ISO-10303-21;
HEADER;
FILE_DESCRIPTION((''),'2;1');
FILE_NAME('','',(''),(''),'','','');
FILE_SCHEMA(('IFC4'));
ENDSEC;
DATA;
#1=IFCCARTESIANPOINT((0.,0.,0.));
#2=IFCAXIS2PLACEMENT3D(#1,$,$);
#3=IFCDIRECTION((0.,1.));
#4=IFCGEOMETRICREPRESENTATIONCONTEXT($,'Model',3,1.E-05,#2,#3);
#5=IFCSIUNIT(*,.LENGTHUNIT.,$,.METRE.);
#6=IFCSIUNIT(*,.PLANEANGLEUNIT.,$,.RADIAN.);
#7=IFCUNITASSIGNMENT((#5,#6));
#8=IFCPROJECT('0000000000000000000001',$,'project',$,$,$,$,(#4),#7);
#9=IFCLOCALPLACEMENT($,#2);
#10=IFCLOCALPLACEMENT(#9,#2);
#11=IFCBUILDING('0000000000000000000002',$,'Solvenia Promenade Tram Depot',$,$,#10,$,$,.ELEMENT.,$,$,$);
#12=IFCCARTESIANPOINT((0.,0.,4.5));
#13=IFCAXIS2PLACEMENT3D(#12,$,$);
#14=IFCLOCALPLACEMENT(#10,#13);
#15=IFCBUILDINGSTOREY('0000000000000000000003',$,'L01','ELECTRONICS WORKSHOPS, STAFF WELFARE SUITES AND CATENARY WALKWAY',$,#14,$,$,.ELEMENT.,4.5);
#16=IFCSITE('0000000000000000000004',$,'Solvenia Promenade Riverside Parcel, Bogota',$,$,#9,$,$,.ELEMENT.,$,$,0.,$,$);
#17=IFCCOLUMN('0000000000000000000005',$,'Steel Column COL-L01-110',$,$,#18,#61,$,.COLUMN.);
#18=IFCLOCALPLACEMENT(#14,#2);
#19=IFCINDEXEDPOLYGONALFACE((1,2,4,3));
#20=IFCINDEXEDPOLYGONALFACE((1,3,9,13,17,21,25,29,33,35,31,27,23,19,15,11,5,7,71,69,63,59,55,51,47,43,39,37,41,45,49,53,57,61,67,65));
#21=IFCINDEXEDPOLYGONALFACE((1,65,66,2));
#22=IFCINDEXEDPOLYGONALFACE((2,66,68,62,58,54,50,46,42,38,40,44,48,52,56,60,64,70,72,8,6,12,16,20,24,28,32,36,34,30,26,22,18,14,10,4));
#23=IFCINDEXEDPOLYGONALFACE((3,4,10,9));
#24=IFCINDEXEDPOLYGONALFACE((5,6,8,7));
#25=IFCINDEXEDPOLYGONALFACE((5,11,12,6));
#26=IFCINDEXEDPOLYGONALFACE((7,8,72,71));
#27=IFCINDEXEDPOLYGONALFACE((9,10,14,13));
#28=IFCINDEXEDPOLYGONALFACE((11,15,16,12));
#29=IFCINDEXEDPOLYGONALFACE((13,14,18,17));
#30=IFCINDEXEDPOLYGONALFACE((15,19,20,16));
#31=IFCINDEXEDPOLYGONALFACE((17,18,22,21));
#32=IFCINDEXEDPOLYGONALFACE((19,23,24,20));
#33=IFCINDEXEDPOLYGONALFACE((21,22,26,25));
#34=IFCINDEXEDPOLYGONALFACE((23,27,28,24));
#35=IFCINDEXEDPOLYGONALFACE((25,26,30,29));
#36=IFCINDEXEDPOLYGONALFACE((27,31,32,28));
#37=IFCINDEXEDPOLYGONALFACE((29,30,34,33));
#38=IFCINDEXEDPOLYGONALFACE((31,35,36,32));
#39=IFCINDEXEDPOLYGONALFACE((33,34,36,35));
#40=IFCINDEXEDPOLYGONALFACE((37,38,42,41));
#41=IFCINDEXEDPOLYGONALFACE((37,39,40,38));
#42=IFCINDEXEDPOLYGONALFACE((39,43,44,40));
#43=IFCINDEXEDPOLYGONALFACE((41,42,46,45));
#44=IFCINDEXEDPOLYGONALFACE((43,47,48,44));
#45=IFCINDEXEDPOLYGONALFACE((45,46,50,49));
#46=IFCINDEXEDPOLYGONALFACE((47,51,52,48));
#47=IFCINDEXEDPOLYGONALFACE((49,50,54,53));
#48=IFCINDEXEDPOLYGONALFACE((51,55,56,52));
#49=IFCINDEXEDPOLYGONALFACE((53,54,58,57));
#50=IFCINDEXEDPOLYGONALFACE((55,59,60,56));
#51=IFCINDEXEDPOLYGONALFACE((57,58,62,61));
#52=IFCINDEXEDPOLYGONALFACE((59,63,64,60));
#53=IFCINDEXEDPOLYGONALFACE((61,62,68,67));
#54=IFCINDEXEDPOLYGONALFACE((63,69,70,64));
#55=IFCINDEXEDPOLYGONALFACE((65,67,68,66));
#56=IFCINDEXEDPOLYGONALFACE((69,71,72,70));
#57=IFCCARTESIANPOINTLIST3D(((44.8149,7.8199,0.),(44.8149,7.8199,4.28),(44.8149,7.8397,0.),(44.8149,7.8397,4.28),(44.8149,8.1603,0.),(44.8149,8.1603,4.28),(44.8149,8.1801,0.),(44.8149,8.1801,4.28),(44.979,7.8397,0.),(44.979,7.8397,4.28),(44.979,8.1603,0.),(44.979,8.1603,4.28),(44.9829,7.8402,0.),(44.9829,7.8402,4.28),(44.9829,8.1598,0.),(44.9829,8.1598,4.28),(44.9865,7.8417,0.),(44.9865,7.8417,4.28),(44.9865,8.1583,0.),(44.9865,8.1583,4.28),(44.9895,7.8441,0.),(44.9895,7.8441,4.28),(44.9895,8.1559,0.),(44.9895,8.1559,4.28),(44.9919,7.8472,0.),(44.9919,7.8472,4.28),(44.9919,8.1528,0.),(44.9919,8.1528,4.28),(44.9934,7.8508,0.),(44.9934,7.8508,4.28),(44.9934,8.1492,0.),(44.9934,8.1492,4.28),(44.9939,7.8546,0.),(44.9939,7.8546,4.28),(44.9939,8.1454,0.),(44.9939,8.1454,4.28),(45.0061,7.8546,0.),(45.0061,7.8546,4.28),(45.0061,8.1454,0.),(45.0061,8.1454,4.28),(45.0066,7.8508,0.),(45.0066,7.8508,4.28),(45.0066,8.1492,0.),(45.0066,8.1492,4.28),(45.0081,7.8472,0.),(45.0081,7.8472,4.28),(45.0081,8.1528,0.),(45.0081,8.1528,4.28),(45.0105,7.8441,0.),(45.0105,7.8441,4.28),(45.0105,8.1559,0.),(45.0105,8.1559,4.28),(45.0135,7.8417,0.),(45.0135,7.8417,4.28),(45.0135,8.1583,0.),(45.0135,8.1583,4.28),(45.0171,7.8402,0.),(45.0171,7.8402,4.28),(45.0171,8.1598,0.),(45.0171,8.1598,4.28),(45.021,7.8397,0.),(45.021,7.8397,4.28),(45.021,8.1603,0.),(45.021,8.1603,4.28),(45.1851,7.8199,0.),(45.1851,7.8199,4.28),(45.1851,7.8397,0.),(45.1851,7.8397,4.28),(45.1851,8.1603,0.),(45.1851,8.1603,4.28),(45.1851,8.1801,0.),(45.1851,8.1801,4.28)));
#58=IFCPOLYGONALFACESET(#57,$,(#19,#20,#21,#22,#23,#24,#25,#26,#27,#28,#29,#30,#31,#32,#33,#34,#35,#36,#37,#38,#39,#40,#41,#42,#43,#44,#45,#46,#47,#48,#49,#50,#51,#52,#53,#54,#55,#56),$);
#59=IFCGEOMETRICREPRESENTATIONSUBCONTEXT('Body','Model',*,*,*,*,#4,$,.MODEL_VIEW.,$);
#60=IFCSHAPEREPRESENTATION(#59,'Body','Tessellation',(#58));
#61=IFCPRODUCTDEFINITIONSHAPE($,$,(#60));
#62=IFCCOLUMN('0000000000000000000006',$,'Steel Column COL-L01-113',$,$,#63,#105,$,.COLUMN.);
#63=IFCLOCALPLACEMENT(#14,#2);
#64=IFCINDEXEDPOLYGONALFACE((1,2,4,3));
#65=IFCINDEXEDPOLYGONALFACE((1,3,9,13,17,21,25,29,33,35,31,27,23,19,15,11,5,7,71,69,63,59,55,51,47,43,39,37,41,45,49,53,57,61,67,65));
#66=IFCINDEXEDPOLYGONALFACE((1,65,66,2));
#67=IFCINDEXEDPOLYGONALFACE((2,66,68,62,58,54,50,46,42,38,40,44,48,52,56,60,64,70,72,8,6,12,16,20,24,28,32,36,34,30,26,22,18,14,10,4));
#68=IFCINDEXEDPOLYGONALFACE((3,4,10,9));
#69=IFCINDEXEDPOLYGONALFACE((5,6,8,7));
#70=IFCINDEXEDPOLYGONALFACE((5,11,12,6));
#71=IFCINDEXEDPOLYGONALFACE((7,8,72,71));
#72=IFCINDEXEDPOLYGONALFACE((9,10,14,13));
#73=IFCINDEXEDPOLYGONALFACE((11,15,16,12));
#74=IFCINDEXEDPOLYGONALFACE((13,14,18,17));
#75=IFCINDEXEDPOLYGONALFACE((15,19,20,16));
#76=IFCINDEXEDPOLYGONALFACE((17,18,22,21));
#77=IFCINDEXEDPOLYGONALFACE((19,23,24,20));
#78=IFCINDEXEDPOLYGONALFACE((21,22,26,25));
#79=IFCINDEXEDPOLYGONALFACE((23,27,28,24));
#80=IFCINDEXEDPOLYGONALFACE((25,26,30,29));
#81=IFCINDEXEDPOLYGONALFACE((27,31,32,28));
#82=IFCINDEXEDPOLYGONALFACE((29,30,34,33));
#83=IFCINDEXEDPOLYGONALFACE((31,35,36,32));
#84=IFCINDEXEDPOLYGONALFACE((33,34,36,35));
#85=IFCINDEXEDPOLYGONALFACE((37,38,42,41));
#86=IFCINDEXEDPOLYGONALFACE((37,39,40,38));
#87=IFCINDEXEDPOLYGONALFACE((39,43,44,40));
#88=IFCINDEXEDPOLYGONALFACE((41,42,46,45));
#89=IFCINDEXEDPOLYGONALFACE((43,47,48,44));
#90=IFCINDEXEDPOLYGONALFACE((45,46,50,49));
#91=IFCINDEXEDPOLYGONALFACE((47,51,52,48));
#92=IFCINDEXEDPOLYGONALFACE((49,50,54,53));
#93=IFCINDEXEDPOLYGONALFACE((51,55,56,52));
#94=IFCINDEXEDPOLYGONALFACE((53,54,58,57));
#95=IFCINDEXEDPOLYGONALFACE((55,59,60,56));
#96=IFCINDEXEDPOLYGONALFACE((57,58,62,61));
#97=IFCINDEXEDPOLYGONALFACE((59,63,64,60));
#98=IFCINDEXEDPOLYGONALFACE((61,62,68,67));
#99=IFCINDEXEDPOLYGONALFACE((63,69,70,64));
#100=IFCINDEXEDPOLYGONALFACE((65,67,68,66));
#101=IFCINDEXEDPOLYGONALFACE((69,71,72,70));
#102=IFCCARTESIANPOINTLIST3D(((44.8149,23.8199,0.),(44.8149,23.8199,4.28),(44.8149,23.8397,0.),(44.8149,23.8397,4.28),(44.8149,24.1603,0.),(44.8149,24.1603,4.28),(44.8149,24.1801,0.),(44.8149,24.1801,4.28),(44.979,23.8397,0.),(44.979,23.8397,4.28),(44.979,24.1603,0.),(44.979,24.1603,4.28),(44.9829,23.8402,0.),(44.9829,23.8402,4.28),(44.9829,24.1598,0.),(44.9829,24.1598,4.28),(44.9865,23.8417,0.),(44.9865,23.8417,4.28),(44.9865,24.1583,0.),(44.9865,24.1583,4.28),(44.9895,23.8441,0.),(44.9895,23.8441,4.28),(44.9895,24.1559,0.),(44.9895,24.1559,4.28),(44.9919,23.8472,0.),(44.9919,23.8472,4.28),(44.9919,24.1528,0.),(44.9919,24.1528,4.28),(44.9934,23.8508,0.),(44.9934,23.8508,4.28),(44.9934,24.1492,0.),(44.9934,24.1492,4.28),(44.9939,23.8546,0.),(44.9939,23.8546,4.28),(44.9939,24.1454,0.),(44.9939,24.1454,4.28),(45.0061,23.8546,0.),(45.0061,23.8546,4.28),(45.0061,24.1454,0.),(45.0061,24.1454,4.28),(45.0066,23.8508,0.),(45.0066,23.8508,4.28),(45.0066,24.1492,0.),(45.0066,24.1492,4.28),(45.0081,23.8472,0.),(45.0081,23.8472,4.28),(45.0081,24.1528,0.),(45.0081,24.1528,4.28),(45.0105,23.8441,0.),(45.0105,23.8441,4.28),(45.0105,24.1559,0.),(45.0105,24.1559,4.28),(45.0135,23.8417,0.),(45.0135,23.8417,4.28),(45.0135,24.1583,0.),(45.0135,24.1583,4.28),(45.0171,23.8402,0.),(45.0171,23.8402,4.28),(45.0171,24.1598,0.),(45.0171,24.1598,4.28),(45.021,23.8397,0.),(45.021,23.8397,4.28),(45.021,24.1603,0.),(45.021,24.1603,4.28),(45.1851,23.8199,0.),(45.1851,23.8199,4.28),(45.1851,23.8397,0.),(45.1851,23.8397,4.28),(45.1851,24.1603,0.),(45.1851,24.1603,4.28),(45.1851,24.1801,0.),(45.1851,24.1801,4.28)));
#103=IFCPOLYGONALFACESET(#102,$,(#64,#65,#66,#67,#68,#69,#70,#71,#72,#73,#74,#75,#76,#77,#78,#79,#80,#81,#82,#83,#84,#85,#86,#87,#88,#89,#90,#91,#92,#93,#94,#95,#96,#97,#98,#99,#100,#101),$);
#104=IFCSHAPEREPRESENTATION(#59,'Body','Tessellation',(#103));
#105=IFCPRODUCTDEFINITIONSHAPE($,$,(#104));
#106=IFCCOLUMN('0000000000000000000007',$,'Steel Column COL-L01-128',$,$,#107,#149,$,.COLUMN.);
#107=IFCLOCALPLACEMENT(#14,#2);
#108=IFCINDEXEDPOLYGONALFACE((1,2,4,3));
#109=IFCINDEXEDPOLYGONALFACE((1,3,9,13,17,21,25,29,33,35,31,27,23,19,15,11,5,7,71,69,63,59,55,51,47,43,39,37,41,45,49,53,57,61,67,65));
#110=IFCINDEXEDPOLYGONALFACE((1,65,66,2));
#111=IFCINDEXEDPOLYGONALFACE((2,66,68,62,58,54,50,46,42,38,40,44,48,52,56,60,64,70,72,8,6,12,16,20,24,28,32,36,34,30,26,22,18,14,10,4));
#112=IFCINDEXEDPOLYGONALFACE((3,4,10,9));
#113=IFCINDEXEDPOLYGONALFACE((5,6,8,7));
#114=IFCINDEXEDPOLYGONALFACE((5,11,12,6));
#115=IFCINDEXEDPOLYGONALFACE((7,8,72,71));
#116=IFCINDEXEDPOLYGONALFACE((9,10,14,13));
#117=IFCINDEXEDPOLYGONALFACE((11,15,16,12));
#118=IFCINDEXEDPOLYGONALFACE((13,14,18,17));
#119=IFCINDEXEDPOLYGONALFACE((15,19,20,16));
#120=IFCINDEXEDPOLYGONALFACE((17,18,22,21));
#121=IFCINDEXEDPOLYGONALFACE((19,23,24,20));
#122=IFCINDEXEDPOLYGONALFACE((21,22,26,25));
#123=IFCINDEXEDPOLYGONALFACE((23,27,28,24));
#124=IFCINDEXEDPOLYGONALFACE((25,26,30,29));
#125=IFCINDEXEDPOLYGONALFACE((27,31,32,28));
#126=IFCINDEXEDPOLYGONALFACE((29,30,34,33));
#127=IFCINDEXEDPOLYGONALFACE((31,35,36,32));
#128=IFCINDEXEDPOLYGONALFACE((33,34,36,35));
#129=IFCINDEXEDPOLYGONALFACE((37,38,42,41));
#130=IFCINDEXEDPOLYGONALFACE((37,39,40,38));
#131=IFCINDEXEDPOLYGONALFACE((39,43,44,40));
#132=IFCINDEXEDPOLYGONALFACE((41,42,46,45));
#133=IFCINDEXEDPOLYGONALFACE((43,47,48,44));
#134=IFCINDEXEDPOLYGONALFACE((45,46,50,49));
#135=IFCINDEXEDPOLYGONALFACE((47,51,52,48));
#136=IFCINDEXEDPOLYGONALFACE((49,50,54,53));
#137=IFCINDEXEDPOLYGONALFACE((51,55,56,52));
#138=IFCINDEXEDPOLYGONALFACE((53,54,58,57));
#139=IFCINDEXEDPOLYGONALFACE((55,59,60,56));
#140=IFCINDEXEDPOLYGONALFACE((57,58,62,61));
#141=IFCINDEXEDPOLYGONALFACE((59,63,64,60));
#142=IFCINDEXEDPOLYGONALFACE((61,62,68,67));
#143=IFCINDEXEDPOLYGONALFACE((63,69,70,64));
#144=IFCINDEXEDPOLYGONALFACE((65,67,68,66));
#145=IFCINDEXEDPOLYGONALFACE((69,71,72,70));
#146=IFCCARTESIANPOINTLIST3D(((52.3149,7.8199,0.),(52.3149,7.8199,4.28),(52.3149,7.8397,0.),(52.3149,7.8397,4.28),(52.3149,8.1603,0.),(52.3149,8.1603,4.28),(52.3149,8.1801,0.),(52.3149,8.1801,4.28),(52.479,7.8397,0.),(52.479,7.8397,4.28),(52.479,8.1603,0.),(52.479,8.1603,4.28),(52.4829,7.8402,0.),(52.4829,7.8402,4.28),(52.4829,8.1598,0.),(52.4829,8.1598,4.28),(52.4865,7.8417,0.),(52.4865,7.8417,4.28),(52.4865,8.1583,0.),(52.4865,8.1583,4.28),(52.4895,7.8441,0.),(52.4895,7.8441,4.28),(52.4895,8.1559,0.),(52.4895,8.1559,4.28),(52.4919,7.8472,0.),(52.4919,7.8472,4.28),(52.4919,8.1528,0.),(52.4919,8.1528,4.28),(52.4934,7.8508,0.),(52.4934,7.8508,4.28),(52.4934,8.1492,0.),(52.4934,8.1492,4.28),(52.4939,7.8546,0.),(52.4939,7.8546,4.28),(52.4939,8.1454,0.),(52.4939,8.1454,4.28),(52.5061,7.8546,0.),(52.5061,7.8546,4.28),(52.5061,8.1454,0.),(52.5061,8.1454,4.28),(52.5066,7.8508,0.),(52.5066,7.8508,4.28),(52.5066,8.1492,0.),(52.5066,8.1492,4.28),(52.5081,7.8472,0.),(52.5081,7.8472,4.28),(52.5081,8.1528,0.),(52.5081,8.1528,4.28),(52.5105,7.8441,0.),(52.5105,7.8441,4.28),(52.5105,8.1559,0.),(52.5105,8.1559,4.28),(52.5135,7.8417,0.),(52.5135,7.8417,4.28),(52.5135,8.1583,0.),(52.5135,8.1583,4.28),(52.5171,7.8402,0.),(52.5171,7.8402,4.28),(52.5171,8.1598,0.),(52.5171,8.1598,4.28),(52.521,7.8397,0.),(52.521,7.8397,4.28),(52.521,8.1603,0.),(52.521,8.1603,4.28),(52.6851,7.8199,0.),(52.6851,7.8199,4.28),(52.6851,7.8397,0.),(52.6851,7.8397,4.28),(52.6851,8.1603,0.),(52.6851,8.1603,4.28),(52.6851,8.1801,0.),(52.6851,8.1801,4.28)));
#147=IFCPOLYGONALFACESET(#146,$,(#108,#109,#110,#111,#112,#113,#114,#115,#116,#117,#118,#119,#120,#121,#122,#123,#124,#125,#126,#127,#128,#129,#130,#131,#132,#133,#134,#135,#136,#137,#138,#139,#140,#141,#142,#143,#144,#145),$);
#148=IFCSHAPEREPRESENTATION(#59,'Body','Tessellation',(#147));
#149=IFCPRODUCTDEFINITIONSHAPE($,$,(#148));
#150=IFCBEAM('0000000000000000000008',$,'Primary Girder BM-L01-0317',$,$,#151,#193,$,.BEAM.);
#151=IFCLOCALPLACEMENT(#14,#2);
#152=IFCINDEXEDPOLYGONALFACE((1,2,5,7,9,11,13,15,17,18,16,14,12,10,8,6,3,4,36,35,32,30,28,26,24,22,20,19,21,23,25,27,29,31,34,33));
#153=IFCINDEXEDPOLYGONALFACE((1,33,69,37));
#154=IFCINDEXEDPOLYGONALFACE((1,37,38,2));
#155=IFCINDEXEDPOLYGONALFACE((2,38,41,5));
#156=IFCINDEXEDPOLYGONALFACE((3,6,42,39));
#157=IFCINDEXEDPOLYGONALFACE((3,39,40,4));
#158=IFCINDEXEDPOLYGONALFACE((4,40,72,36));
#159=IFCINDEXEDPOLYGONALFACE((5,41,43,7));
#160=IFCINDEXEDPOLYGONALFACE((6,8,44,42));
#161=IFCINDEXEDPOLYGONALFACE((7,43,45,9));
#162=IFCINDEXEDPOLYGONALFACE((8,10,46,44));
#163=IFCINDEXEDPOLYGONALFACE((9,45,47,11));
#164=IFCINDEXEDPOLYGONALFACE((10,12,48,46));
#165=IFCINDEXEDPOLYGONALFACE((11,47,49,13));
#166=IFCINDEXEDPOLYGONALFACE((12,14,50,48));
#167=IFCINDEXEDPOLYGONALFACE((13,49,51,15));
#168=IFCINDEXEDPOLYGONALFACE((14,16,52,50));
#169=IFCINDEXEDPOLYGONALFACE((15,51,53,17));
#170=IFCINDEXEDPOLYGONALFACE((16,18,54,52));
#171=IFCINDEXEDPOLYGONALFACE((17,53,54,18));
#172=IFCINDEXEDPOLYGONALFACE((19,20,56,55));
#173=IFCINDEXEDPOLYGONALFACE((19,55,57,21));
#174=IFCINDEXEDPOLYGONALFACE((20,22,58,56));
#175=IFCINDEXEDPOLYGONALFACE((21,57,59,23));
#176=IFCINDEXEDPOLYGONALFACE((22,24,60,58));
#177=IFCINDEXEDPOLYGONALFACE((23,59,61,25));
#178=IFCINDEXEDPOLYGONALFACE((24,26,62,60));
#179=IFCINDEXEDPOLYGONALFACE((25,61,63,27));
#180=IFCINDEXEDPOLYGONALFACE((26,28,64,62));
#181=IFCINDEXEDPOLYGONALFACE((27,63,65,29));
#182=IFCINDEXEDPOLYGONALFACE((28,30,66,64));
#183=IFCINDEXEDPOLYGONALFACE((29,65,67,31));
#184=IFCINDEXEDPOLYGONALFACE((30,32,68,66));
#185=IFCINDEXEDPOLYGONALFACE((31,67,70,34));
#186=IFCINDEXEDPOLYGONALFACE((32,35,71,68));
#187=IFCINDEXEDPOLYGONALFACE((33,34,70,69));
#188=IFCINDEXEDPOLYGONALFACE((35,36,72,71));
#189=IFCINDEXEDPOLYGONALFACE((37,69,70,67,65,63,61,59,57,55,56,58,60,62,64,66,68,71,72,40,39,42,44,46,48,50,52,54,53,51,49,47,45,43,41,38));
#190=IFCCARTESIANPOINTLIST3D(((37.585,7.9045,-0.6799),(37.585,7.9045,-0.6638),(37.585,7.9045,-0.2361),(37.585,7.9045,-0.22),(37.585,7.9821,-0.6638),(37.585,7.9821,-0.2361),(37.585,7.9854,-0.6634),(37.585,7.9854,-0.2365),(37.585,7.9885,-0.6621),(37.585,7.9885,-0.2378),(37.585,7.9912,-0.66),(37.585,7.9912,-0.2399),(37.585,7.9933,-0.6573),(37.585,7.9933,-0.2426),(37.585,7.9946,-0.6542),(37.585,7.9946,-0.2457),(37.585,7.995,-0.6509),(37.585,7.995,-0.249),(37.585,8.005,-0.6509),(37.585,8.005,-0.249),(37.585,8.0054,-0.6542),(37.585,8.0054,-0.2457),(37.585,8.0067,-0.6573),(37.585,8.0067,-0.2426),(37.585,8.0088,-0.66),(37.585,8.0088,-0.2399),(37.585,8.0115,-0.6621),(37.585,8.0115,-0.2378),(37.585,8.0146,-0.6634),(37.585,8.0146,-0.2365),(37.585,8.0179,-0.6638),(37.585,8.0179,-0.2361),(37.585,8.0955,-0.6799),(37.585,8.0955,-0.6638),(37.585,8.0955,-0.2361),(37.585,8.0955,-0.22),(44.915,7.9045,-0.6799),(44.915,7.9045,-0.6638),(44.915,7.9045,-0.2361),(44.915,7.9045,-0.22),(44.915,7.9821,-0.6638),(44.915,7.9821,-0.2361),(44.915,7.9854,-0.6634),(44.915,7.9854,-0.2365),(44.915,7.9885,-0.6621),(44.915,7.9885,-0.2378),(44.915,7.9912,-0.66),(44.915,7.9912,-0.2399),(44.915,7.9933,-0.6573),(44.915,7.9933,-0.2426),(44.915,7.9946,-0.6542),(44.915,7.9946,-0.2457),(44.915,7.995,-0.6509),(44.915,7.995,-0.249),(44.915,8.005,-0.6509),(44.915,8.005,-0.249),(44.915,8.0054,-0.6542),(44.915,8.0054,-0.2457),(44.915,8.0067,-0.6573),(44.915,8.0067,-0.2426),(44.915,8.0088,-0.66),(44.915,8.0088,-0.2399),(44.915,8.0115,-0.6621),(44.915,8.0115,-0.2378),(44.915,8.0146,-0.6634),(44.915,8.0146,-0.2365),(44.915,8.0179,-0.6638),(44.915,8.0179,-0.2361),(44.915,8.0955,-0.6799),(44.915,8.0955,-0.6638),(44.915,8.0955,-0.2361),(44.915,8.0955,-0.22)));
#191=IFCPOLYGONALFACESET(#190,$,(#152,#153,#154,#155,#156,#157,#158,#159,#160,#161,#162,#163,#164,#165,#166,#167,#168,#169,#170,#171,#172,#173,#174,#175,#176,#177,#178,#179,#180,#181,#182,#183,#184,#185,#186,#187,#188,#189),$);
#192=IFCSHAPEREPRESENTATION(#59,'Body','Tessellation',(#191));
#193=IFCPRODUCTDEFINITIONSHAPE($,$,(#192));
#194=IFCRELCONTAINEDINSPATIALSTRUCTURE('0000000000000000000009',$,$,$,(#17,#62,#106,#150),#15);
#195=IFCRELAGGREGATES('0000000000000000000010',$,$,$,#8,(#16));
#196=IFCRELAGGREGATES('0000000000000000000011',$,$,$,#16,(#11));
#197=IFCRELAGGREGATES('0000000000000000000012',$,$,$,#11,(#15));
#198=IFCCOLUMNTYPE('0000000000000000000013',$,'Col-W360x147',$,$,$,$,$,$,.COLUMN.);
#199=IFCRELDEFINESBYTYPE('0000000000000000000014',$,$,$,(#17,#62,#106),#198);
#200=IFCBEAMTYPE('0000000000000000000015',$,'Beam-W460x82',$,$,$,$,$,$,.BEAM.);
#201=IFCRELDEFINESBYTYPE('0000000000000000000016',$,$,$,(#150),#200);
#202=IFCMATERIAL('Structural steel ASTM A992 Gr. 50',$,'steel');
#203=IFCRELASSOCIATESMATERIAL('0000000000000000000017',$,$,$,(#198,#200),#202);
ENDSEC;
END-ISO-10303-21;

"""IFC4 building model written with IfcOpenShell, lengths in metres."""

from ifc_helpers import new_model, si_unit, direction, frame, origin, origin_2d, place, context, subcontext, project, spatial, i_section, extrude, material, material_profile, profile_set, type_object, element, save


model = new_model("IFC4")

# Units and contexts
model_context = context("Model", 3, precision=1e-05, world=origin(), true_north=direction((0.0, 1.0)))
body_context = subcontext(model_context, "Body", "Model", "MODEL_VIEW")
ifc_project = project(units=[si_unit("LENGTHUNIT", "METRE"), si_unit("PLANEANGLEUNIT", "RADIAN")], contexts=[model_context])

# Site, building, storey
site_placement = place(None, origin())
site = spatial("IfcSite", under=ifc_project, at=site_placement, Name="Solvenia Promenade Riverside Parcel, Bogota", CompositionType="ELEMENT", RefElevation=0.0)
building_placement = place(site_placement, origin())
building = spatial("IfcBuilding", under=site, at=building_placement, Name="Solvenia Promenade Tram Depot", CompositionType="ELEMENT")
storey_placement = place(building_placement, frame((0.0, 0.0, 4.5)))
storey = spatial("IfcBuildingStorey", under=building, at=storey_placement, Name="L01", Description="ELECTRONICS WORKSHOPS, STAFF WELFARE SUITES AND CATENARY WALKWAY", CompositionType="ELEMENT", Elevation=4.5)

# Columns
ifc_material_1 = material(Name="Structural steel ASTM A992 Gr. 50", Category="steel")
ifc_material_profile_1 = material_profile(ifc_material_1, i_section(OverallWidth=0.3701, OverallDepth=0.3601, WebThickness=0.0122, FlangeThickness=0.0198, FilletRadius=0.0149, at=origin_2d()), Name="W360x147", Category="steel")
ifc_profile_set_1 = profile_set([ifc_material_profile_1], Name="Structural steel ASTM A992 Gr. 50")
column_type = type_object("IfcColumnType", Name="Col-W360x147", PredefinedType="COLUMN", material=ifc_profile_set_1)
for number, where, z_axis, x_axis, name in (
    (1, (45.0, 8.0, 0.0), (0.0, 0.0, 1.0), (1.0, 0.0, 0.0), "Steel Column COL-L01-110"),
    (2, (45.0, 24.0, 0.0), (0.0, 0.0, 1.0), (1.0, 0.0, 0.0), "Steel Column COL-L01-113"),
    (3, (52.5, 8.0, 0.0), (0.0, 0.0, 1.0), (1.0, 0.0, 0.0), "Steel Column COL-L01-128"),
):
    element("IfcColumn", number, at=place(storey_placement, frame(where, z_axis=z_axis, x_axis=x_axis)), inside=storey, type_object=column_type, Name=name, PredefinedType="COLUMN", context=body_context, shape_type="SweptSolid", body=[
        extrude(i_section(OverallWidth=0.3701, OverallDepth=0.3601, WebThickness=0.0122, FlangeThickness=0.0198, FilletRadius=0.0149, at=origin_2d()), origin(), (0.0, 0.0, 1.0), 4.28),
    ])

# Beam
ifc_material_profile_2 = material_profile(ifc_material_1, i_section(OverallWidth=0.1909, OverallDepth=0.46, WebThickness=0.01, FlangeThickness=0.0161, FilletRadius=0.0129, at=origin_2d()), Name="W460x82", Category="steel")
ifc_profile_set_2 = profile_set([ifc_material_profile_2], Name="Structural steel ASTM A992 Gr. 50")
beam_type_1 = type_object("IfcBeamType", Name="Beam-W460x82", PredefinedType="BEAM", material=ifc_profile_set_2)
for number, where, z_axis, x_axis, name in (
    (4, (37.585, 8.0, -0.45), (1.0, 0.0, 0.0), (0.0, 1.0, 0.0), "Primary Girder BM-L01-0317"),
):
    element("IfcBeam", number, at=place(storey_placement, frame(where, z_axis=z_axis, x_axis=x_axis)), inside=storey, type_object=beam_type_1, Name=name, PredefinedType="BEAM", context=body_context, shape_type="SweptSolid", body=[
        extrude(i_section(OverallWidth=0.1909, OverallDepth=0.46, WebThickness=0.01, FlangeThickness=0.0161, FilletRadius=0.0129, at=origin_2d()), origin(), (0.0, 0.0, 1.0), 7.3301),
    ])

save(model, "model.ifc")
